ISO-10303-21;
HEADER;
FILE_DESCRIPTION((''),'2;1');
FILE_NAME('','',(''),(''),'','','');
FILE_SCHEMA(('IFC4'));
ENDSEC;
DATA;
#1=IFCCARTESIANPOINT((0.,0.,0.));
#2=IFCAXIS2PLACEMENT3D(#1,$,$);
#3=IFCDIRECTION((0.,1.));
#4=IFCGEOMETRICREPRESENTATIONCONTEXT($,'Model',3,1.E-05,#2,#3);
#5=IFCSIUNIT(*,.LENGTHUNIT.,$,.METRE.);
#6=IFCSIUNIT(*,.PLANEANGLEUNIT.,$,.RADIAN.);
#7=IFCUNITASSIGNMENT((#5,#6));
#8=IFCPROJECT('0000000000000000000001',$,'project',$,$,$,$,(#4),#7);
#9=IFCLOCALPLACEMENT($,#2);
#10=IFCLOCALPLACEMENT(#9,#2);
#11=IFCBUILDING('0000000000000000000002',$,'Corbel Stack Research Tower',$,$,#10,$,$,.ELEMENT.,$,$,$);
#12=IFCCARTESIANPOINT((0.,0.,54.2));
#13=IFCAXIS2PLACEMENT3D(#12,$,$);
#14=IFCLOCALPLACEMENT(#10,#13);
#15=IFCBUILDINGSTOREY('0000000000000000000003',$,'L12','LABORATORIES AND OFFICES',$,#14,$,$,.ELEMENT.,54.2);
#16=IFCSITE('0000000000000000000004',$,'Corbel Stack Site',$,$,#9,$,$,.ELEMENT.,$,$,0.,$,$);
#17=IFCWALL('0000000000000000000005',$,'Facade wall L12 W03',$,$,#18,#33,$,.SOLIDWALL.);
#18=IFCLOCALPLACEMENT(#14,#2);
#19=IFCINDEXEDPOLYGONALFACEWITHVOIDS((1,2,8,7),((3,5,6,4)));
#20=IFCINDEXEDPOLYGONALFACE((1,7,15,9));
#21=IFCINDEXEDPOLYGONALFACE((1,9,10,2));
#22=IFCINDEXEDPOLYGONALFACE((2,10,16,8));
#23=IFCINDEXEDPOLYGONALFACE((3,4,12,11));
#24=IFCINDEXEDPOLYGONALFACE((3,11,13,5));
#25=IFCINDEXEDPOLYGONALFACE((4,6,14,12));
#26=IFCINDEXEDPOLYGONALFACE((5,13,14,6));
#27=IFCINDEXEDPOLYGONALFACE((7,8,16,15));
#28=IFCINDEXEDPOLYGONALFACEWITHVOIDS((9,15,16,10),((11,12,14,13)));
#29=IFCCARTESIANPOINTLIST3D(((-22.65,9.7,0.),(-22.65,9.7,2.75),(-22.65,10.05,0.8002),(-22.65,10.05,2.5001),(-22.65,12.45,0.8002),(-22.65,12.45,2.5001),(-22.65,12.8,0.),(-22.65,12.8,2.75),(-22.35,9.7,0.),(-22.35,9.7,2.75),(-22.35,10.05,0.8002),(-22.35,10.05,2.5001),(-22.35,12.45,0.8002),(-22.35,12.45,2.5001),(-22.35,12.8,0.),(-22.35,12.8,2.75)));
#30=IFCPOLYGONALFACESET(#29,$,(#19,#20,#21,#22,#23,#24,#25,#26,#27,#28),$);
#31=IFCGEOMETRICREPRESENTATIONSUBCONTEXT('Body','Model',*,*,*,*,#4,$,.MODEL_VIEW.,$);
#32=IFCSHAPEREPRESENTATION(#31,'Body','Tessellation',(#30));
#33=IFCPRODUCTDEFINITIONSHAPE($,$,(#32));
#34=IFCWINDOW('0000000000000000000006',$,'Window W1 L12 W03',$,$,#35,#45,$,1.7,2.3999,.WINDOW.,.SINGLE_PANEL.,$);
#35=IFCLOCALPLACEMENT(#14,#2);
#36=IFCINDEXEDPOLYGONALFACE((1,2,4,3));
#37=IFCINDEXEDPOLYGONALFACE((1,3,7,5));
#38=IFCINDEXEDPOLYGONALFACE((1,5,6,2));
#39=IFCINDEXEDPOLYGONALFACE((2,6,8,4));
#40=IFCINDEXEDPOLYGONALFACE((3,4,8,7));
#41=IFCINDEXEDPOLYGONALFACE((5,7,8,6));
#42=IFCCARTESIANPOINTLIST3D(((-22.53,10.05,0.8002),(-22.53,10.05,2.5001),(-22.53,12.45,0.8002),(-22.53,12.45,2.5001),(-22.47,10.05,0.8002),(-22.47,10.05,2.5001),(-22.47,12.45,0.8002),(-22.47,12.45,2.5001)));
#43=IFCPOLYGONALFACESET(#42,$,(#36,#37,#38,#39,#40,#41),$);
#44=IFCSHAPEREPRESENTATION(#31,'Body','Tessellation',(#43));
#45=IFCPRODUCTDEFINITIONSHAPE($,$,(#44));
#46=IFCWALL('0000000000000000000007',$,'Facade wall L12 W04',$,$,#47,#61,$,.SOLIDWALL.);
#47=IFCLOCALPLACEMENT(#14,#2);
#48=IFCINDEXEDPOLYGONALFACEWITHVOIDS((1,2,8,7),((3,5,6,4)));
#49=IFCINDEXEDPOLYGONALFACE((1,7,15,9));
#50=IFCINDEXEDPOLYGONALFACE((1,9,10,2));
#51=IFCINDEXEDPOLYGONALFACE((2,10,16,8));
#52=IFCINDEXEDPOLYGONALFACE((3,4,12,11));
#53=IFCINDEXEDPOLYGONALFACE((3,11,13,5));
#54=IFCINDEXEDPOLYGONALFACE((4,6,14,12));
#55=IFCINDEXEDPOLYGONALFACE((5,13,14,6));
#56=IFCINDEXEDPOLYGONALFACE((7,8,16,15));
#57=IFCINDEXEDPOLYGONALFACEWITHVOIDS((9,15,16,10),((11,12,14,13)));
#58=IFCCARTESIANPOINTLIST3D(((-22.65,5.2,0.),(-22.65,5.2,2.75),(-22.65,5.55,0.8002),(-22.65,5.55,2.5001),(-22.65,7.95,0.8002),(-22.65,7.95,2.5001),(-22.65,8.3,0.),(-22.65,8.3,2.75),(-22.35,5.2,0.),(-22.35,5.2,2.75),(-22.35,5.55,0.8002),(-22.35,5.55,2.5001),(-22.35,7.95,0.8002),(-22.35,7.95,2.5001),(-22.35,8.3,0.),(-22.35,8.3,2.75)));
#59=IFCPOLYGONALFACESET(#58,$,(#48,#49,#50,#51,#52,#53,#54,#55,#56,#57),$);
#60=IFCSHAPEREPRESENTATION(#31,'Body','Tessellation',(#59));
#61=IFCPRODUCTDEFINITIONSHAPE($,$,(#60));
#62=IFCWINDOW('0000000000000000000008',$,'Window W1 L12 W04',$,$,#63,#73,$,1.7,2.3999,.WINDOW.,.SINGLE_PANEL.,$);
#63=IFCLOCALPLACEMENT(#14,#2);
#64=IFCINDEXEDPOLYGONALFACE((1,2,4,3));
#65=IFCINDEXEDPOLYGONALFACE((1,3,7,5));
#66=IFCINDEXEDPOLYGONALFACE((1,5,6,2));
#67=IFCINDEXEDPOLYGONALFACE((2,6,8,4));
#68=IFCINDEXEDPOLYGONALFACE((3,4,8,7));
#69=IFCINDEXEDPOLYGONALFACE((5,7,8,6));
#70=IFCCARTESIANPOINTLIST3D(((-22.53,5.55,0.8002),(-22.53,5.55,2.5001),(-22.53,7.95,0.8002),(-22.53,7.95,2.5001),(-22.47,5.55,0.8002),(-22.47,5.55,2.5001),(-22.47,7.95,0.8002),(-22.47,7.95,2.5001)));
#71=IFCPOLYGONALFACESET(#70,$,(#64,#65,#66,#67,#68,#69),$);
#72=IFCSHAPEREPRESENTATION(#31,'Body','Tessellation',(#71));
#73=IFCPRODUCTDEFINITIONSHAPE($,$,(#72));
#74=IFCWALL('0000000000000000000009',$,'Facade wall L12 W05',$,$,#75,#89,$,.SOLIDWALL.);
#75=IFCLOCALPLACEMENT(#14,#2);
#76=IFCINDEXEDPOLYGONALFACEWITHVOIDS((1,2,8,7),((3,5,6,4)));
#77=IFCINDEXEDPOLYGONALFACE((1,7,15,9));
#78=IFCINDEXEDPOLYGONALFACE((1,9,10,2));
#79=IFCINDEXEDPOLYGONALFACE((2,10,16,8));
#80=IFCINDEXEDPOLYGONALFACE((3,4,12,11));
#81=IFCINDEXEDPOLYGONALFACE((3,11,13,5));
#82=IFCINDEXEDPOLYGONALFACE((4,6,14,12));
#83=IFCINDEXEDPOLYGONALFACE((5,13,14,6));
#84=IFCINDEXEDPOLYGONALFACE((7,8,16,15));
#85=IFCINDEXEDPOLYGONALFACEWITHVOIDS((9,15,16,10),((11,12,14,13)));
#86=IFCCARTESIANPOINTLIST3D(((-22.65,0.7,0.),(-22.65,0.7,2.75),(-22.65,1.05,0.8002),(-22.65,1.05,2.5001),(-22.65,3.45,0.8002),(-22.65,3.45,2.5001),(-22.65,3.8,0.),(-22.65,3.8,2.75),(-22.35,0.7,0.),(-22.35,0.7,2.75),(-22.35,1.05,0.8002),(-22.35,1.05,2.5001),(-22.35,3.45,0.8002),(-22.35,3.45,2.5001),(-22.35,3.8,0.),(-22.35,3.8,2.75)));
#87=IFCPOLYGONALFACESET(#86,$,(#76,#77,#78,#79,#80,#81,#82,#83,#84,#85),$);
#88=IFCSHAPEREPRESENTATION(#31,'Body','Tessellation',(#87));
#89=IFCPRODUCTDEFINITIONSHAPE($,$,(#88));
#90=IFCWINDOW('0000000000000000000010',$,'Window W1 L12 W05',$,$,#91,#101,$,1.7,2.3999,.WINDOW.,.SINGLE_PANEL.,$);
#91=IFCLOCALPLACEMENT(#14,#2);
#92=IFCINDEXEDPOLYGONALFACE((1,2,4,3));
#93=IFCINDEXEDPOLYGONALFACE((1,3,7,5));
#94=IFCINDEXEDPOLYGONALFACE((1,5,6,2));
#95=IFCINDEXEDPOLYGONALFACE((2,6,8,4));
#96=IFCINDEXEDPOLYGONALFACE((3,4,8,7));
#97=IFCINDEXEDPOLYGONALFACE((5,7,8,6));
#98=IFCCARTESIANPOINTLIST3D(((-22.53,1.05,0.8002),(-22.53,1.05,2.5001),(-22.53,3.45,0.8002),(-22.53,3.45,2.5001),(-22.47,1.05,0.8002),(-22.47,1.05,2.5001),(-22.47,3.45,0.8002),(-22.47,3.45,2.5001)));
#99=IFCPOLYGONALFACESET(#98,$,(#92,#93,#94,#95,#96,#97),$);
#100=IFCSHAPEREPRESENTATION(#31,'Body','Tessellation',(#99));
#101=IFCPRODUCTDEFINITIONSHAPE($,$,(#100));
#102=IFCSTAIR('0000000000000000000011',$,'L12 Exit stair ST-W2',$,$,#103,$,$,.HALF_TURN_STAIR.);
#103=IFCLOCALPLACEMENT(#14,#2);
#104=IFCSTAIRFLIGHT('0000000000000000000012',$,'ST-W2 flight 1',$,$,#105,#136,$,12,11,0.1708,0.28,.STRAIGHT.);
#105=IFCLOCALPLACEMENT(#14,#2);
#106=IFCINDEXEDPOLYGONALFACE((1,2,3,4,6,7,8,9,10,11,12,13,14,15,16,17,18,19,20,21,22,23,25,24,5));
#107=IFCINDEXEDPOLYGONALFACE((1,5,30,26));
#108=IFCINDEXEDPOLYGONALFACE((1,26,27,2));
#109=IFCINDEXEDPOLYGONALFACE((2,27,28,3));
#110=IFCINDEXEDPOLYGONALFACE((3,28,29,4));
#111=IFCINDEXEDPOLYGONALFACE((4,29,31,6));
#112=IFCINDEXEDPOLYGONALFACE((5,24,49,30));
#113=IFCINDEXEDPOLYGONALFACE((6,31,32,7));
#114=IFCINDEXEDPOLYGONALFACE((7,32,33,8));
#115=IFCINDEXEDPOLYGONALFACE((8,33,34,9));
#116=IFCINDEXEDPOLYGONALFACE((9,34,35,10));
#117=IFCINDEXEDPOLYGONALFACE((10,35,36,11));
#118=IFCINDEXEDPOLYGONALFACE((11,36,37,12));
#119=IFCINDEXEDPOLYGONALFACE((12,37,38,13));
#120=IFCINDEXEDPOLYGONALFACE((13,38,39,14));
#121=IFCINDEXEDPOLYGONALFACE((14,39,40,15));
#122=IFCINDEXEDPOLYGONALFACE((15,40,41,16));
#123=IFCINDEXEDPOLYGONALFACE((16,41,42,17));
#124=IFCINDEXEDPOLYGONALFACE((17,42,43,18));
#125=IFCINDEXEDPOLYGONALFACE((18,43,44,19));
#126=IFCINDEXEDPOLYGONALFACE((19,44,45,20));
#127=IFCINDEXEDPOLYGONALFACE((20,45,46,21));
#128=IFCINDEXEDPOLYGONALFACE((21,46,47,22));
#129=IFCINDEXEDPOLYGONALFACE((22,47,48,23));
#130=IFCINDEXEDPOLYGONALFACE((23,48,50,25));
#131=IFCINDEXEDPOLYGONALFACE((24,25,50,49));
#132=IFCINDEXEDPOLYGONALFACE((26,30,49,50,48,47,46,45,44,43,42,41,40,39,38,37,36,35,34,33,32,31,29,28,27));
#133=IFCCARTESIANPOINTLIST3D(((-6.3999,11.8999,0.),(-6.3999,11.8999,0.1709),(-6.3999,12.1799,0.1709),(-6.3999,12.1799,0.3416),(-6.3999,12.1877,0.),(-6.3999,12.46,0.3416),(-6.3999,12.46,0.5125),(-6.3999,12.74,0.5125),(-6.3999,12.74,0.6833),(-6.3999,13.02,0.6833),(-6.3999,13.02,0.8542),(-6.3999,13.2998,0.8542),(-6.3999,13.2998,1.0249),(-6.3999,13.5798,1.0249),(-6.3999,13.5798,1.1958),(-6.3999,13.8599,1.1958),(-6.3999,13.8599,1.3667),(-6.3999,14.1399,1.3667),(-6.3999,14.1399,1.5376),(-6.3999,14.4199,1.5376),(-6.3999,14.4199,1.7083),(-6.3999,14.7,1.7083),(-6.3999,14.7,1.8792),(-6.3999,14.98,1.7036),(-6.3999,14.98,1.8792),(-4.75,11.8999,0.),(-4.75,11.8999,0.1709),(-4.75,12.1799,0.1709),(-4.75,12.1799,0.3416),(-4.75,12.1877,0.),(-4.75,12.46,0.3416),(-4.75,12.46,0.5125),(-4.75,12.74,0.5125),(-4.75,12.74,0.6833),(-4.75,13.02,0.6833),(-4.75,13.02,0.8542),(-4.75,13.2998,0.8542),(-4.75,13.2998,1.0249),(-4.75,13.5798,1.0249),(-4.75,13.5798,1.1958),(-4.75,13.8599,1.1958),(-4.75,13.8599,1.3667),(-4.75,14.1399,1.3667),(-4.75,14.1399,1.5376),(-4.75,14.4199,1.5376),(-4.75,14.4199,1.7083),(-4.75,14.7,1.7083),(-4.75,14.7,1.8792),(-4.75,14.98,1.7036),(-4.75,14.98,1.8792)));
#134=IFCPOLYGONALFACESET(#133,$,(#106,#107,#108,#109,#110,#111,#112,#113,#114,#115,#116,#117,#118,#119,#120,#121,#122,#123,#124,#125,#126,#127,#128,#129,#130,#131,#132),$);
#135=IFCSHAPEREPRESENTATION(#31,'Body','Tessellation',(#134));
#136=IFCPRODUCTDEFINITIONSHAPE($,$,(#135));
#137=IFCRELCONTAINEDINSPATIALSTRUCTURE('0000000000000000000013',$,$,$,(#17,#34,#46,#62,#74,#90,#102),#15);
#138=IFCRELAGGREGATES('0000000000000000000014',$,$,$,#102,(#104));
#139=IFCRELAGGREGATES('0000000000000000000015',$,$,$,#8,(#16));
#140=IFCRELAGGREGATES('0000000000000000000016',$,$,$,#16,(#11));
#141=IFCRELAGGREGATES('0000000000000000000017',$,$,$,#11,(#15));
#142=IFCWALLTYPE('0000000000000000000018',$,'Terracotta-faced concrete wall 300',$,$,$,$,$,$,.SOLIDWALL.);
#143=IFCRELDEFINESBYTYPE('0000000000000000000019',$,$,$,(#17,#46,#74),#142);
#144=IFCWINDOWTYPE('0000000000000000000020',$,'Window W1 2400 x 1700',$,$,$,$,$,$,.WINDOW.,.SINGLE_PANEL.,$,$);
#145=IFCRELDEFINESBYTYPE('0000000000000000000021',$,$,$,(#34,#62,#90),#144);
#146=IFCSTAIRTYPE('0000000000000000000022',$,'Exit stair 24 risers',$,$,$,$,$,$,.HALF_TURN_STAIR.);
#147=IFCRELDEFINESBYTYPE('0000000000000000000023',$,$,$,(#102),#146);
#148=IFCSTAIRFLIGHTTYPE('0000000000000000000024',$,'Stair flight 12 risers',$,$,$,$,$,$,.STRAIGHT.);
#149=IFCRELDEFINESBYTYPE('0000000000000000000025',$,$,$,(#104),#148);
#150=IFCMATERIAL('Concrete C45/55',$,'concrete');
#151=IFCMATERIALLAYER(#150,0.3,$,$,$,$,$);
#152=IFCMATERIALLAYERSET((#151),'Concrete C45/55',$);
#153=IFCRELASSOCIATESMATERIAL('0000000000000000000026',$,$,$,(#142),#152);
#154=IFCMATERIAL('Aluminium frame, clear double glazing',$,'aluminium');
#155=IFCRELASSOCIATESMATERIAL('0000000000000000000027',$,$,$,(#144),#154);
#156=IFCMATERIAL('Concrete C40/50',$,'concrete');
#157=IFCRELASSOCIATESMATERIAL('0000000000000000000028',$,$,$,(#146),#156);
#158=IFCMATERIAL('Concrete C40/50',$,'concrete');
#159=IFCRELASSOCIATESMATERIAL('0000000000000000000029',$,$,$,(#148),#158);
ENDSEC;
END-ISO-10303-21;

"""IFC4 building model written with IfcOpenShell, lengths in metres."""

from ifc_helpers import new_model, si_unit, direction, frame, frame_2d, origin, place, context, subcontext, project, spatial, polyline, rectangle, outline, extrude, material, layer, layer_set, type_object, element, fill, aggregate, save


model = new_model("IFC4")

# Units and contexts
model_context = context("Model", 3, precision=1e-05, world=origin(), true_north=direction((0.0, 1.0)))
body_context = subcontext(model_context, "Body", "Model", "MODEL_VIEW")
ifc_project = project(units=[si_unit("LENGTHUNIT", "METRE"), si_unit("PLANEANGLEUNIT", "RADIAN")], contexts=[model_context])

# Site, building, storey
site_placement = place(None, origin())
site = spatial("IfcSite", under=ifc_project, at=site_placement, Name="Corbel Stack Site", CompositionType="ELEMENT", RefElevation=0.0)
building_placement = place(site_placement, origin())
building = spatial("IfcBuilding", under=site, at=building_placement, Name="Corbel Stack Research Tower", CompositionType="ELEMENT")
storey_placement = place(building_placement, frame((0.0, 0.0, 54.2)))
storey = spatial("IfcBuildingStorey", under=building, at=storey_placement, Name="L12", Description="LABORATORIES AND OFFICES", CompositionType="ELEMENT", Elevation=54.2)

# Walls, openings, windows
ifc_material_1 = material(Name="Concrete C45/55", Category="concrete")
ifc_layer_1 = layer(ifc_material_1, 0.3)
ifc_layer_set_1 = layer_set([ifc_layer_1], Name="Concrete C45/55")
wall_type_1 = type_object("IfcWallType", Name="Terracotta-faced concrete wall 300", PredefinedType="SOLIDWALL", material=ifc_layer_set_1)
wall_1_placement = place(storey_placement, frame((-22.5, 9.7, 0.0), z_axis=(0.0, 0.0, 1.0), x_axis=(0.0, 1.0, 0.0)))
wall_1 = element("IfcWall", 1, at=wall_1_placement, inside=storey, type_object=wall_type_1, Name="Facade wall L12 W03", PredefinedType="SOLIDWALL", context=body_context, shape_type="SweptSolid", body=[
    extrude(rectangle(XDim=3.1001, YDim=0.3, at=frame_2d((1.55, 0.0))), origin(), (0.0, 0.0, 1.0), 2.75),
])
opening_1_placement = place(wall_1_placement, frame((0.3501, 0.0, 0.8)))
opening_1 = element("IfcOpeningElement", 2, at=opening_1_placement, cuts=wall_1, PredefinedType="OPENING", context=body_context, shape_type="SweptSolid", body=[
    extrude(rectangle(XDim=2.3999, YDim=1.7, at=frame_2d((1.2, 0.8501))), frame((0.0, 0.1599, 0.0), z_axis=(0.0, -1.0, 0.0), x_axis=(1.0, 0.0, 0.0)), (0.0, 0.0, 1.0), 0.3201),
])
ifc_material_2 = material(Name="Aluminium frame, clear double glazing", Category="aluminium")
window_type = type_object("IfcWindowType", Name="Window W1 2400 x 1700", PartitioningType="SINGLE_PANEL", PredefinedType="WINDOW", material=ifc_material_2)
window_1_placement = place(opening_1_placement, origin())
window_1 = element("IfcWindow", 3, at=window_1_placement, inside=storey, type_object=window_type, Name="Window W1 L12 W03", OverallHeight=1.7, OverallWidth=2.3999, PartitioningType="SINGLE_PANEL", PredefinedType="WINDOW", context=body_context, shape_type="SweptSolid", body=[
    extrude(rectangle(XDim=2.3999, YDim=1.7, at=frame_2d((1.2, 0.8501))), frame((0.0, 0.03, 0.0), z_axis=(0.0, -1.0, 0.0), x_axis=(1.0, 0.0, 0.0)), (0.0, 0.0, 1.0), 0.0601),
])
fill(opening_1, window_1)
wall_2_placement = place(storey_placement, frame((-22.5, 5.2, 0.0), z_axis=(0.0, 0.0, 1.0), x_axis=(0.0, 1.0, 0.0)))
wall_2 = element("IfcWall", 4, at=wall_2_placement, inside=storey, type_object=wall_type_1, Name="Facade wall L12 W04", PredefinedType="SOLIDWALL", context=body_context, shape_type="SweptSolid", body=[
    extrude(rectangle(XDim=3.1001, YDim=0.3, at=frame_2d((1.55, 0.0))), origin(), (0.0, 0.0, 1.0), 2.75),
])
opening_2_placement = place(wall_2_placement, frame((0.3501, 0.0, 0.8)))
opening_2 = element("IfcOpeningElement", 5, at=opening_2_placement, cuts=wall_2, PredefinedType="OPENING", context=body_context, shape_type="SweptSolid", body=[
    extrude(rectangle(XDim=2.3999, YDim=1.7, at=frame_2d((1.2, 0.8501))), frame((0.0, 0.1599, 0.0), z_axis=(0.0, -1.0, 0.0), x_axis=(1.0, 0.0, 0.0)), (0.0, 0.0, 1.0), 0.3201),
])
window_2_placement = place(opening_2_placement, origin())
window_2 = element("IfcWindow", 6, at=window_2_placement, inside=storey, type_object=window_type, Name="Window W1 L12 W04", OverallHeight=1.7, OverallWidth=2.3999, PartitioningType="SINGLE_PANEL", PredefinedType="WINDOW", context=body_context, shape_type="SweptSolid", body=[
    extrude(rectangle(XDim=2.3999, YDim=1.7, at=frame_2d((1.2, 0.8501))), frame((0.0, 0.03, 0.0), z_axis=(0.0, -1.0, 0.0), x_axis=(1.0, 0.0, 0.0)), (0.0, 0.0, 1.0), 0.0601),
])
fill(opening_2, window_2)
wall_3_placement = place(storey_placement, frame((-22.5, 0.7, 0.0), z_axis=(0.0, 0.0, 1.0), x_axis=(0.0, 1.0, 0.0)))
wall_3 = element("IfcWall", 7, at=wall_3_placement, inside=storey, type_object=wall_type_1, Name="Facade wall L12 W05", PredefinedType="SOLIDWALL", context=body_context, shape_type="SweptSolid", body=[
    extrude(rectangle(XDim=3.1001, YDim=0.3, at=frame_2d((1.55, 0.0))), origin(), (0.0, 0.0, 1.0), 2.75),
])
opening_3_placement = place(wall_3_placement, frame((0.3501, 0.0, 0.8)))
opening_3 = element("IfcOpeningElement", 8, at=opening_3_placement, cuts=wall_3, PredefinedType="OPENING", context=body_context, shape_type="SweptSolid", body=[
    extrude(rectangle(XDim=2.3999, YDim=1.7, at=frame_2d((1.2, 0.8501))), frame((0.0, 0.1599, 0.0), z_axis=(0.0, -1.0, 0.0), x_axis=(1.0, 0.0, 0.0)), (0.0, 0.0, 1.0), 0.3201),
])
window_3_placement = place(opening_3_placement, origin())
window_3 = element("IfcWindow", 9, at=window_3_placement, inside=storey, type_object=window_type, Name="Window W1 L12 W05", OverallHeight=1.7, OverallWidth=2.3999, PartitioningType="SINGLE_PANEL", PredefinedType="WINDOW", context=body_context, shape_type="SweptSolid", body=[
    extrude(rectangle(XDim=2.3999, YDim=1.7, at=frame_2d((1.2, 0.8501))), frame((0.0, 0.03, 0.0), z_axis=(0.0, -1.0, 0.0), x_axis=(1.0, 0.0, 0.0)), (0.0, 0.0, 1.0), 0.0601),
])
fill(opening_3, window_3)

# Stair, stair flight
ifc_material_3 = material(Name="Concrete C40/50", Category="concrete")
stair_type = type_object("IfcStairType", Name="Exit stair 24 risers", PredefinedType="HALF_TURN_STAIR", material=ifc_material_3)
stair_placement = place(storey_placement, origin())
stair = element("IfcStair", 10, at=stair_placement, inside=storey, type_object=stair_type, Name="L12 Exit stair ST-W2", PredefinedType="HALF_TURN_STAIR")
ifc_material_4 = material(Name="Concrete C40/50", Category="concrete")
stair_flight_type = type_object("IfcStairFlightType", Name="Stair flight 12 risers", PredefinedType="STRAIGHT", material=ifc_material_4)
stair_flight_placement = place(storey_placement, frame((-5.575, 11.8999, 0.0), z_axis=(0.0, 0.0, 1.0), x_axis=(0.0, 1.0, 0.0)))
stair_flight = element("IfcStairFlight", 11, at=stair_flight_placement, type_object=stair_flight_type, Name="ST-W2 flight 1", NumberOfRisers=12, NumberOfTreads=11, PredefinedType="STRAIGHT", RiserHeight=0.1708, TreadLength=0.28, context=body_context, shape_type="SweptSolid", body=[
    extrude(outline(polyline([(0.0, 0.0), (0.0, 0.1709), (0.28, 0.1709), (0.28, 0.3416), (0.5601, 0.3416), (0.5601, 0.5125), (0.8401, 0.5125), (0.8401, 0.6833), (1.1201, 0.6833), (1.1201, 0.8542), (1.3999, 0.8542), (1.3999, 1.0249), (1.6799, 1.0249), (1.6799, 1.1958), (1.96, 1.1958), (1.96, 1.3667), (2.24, 1.3667), (2.24, 1.5376), (2.52, 1.5376), (2.52, 1.7083), (2.8, 1.7083), (2.8, 1.8792), (3.0801, 1.8792), (3.0801, 2.05), (3.0801, 1.7036), (0.2878, 0.0), (0.0, 0.0)])), frame((0.0, 0.825, 0.0), z_axis=(0.0, -1.0, 0.0), x_axis=(1.0, 0.0, 0.0)), (0.0, 0.0, 1.0), 1.6499),
])
aggregate(stair, [stair_flight])

save(model, "model.ifc")
